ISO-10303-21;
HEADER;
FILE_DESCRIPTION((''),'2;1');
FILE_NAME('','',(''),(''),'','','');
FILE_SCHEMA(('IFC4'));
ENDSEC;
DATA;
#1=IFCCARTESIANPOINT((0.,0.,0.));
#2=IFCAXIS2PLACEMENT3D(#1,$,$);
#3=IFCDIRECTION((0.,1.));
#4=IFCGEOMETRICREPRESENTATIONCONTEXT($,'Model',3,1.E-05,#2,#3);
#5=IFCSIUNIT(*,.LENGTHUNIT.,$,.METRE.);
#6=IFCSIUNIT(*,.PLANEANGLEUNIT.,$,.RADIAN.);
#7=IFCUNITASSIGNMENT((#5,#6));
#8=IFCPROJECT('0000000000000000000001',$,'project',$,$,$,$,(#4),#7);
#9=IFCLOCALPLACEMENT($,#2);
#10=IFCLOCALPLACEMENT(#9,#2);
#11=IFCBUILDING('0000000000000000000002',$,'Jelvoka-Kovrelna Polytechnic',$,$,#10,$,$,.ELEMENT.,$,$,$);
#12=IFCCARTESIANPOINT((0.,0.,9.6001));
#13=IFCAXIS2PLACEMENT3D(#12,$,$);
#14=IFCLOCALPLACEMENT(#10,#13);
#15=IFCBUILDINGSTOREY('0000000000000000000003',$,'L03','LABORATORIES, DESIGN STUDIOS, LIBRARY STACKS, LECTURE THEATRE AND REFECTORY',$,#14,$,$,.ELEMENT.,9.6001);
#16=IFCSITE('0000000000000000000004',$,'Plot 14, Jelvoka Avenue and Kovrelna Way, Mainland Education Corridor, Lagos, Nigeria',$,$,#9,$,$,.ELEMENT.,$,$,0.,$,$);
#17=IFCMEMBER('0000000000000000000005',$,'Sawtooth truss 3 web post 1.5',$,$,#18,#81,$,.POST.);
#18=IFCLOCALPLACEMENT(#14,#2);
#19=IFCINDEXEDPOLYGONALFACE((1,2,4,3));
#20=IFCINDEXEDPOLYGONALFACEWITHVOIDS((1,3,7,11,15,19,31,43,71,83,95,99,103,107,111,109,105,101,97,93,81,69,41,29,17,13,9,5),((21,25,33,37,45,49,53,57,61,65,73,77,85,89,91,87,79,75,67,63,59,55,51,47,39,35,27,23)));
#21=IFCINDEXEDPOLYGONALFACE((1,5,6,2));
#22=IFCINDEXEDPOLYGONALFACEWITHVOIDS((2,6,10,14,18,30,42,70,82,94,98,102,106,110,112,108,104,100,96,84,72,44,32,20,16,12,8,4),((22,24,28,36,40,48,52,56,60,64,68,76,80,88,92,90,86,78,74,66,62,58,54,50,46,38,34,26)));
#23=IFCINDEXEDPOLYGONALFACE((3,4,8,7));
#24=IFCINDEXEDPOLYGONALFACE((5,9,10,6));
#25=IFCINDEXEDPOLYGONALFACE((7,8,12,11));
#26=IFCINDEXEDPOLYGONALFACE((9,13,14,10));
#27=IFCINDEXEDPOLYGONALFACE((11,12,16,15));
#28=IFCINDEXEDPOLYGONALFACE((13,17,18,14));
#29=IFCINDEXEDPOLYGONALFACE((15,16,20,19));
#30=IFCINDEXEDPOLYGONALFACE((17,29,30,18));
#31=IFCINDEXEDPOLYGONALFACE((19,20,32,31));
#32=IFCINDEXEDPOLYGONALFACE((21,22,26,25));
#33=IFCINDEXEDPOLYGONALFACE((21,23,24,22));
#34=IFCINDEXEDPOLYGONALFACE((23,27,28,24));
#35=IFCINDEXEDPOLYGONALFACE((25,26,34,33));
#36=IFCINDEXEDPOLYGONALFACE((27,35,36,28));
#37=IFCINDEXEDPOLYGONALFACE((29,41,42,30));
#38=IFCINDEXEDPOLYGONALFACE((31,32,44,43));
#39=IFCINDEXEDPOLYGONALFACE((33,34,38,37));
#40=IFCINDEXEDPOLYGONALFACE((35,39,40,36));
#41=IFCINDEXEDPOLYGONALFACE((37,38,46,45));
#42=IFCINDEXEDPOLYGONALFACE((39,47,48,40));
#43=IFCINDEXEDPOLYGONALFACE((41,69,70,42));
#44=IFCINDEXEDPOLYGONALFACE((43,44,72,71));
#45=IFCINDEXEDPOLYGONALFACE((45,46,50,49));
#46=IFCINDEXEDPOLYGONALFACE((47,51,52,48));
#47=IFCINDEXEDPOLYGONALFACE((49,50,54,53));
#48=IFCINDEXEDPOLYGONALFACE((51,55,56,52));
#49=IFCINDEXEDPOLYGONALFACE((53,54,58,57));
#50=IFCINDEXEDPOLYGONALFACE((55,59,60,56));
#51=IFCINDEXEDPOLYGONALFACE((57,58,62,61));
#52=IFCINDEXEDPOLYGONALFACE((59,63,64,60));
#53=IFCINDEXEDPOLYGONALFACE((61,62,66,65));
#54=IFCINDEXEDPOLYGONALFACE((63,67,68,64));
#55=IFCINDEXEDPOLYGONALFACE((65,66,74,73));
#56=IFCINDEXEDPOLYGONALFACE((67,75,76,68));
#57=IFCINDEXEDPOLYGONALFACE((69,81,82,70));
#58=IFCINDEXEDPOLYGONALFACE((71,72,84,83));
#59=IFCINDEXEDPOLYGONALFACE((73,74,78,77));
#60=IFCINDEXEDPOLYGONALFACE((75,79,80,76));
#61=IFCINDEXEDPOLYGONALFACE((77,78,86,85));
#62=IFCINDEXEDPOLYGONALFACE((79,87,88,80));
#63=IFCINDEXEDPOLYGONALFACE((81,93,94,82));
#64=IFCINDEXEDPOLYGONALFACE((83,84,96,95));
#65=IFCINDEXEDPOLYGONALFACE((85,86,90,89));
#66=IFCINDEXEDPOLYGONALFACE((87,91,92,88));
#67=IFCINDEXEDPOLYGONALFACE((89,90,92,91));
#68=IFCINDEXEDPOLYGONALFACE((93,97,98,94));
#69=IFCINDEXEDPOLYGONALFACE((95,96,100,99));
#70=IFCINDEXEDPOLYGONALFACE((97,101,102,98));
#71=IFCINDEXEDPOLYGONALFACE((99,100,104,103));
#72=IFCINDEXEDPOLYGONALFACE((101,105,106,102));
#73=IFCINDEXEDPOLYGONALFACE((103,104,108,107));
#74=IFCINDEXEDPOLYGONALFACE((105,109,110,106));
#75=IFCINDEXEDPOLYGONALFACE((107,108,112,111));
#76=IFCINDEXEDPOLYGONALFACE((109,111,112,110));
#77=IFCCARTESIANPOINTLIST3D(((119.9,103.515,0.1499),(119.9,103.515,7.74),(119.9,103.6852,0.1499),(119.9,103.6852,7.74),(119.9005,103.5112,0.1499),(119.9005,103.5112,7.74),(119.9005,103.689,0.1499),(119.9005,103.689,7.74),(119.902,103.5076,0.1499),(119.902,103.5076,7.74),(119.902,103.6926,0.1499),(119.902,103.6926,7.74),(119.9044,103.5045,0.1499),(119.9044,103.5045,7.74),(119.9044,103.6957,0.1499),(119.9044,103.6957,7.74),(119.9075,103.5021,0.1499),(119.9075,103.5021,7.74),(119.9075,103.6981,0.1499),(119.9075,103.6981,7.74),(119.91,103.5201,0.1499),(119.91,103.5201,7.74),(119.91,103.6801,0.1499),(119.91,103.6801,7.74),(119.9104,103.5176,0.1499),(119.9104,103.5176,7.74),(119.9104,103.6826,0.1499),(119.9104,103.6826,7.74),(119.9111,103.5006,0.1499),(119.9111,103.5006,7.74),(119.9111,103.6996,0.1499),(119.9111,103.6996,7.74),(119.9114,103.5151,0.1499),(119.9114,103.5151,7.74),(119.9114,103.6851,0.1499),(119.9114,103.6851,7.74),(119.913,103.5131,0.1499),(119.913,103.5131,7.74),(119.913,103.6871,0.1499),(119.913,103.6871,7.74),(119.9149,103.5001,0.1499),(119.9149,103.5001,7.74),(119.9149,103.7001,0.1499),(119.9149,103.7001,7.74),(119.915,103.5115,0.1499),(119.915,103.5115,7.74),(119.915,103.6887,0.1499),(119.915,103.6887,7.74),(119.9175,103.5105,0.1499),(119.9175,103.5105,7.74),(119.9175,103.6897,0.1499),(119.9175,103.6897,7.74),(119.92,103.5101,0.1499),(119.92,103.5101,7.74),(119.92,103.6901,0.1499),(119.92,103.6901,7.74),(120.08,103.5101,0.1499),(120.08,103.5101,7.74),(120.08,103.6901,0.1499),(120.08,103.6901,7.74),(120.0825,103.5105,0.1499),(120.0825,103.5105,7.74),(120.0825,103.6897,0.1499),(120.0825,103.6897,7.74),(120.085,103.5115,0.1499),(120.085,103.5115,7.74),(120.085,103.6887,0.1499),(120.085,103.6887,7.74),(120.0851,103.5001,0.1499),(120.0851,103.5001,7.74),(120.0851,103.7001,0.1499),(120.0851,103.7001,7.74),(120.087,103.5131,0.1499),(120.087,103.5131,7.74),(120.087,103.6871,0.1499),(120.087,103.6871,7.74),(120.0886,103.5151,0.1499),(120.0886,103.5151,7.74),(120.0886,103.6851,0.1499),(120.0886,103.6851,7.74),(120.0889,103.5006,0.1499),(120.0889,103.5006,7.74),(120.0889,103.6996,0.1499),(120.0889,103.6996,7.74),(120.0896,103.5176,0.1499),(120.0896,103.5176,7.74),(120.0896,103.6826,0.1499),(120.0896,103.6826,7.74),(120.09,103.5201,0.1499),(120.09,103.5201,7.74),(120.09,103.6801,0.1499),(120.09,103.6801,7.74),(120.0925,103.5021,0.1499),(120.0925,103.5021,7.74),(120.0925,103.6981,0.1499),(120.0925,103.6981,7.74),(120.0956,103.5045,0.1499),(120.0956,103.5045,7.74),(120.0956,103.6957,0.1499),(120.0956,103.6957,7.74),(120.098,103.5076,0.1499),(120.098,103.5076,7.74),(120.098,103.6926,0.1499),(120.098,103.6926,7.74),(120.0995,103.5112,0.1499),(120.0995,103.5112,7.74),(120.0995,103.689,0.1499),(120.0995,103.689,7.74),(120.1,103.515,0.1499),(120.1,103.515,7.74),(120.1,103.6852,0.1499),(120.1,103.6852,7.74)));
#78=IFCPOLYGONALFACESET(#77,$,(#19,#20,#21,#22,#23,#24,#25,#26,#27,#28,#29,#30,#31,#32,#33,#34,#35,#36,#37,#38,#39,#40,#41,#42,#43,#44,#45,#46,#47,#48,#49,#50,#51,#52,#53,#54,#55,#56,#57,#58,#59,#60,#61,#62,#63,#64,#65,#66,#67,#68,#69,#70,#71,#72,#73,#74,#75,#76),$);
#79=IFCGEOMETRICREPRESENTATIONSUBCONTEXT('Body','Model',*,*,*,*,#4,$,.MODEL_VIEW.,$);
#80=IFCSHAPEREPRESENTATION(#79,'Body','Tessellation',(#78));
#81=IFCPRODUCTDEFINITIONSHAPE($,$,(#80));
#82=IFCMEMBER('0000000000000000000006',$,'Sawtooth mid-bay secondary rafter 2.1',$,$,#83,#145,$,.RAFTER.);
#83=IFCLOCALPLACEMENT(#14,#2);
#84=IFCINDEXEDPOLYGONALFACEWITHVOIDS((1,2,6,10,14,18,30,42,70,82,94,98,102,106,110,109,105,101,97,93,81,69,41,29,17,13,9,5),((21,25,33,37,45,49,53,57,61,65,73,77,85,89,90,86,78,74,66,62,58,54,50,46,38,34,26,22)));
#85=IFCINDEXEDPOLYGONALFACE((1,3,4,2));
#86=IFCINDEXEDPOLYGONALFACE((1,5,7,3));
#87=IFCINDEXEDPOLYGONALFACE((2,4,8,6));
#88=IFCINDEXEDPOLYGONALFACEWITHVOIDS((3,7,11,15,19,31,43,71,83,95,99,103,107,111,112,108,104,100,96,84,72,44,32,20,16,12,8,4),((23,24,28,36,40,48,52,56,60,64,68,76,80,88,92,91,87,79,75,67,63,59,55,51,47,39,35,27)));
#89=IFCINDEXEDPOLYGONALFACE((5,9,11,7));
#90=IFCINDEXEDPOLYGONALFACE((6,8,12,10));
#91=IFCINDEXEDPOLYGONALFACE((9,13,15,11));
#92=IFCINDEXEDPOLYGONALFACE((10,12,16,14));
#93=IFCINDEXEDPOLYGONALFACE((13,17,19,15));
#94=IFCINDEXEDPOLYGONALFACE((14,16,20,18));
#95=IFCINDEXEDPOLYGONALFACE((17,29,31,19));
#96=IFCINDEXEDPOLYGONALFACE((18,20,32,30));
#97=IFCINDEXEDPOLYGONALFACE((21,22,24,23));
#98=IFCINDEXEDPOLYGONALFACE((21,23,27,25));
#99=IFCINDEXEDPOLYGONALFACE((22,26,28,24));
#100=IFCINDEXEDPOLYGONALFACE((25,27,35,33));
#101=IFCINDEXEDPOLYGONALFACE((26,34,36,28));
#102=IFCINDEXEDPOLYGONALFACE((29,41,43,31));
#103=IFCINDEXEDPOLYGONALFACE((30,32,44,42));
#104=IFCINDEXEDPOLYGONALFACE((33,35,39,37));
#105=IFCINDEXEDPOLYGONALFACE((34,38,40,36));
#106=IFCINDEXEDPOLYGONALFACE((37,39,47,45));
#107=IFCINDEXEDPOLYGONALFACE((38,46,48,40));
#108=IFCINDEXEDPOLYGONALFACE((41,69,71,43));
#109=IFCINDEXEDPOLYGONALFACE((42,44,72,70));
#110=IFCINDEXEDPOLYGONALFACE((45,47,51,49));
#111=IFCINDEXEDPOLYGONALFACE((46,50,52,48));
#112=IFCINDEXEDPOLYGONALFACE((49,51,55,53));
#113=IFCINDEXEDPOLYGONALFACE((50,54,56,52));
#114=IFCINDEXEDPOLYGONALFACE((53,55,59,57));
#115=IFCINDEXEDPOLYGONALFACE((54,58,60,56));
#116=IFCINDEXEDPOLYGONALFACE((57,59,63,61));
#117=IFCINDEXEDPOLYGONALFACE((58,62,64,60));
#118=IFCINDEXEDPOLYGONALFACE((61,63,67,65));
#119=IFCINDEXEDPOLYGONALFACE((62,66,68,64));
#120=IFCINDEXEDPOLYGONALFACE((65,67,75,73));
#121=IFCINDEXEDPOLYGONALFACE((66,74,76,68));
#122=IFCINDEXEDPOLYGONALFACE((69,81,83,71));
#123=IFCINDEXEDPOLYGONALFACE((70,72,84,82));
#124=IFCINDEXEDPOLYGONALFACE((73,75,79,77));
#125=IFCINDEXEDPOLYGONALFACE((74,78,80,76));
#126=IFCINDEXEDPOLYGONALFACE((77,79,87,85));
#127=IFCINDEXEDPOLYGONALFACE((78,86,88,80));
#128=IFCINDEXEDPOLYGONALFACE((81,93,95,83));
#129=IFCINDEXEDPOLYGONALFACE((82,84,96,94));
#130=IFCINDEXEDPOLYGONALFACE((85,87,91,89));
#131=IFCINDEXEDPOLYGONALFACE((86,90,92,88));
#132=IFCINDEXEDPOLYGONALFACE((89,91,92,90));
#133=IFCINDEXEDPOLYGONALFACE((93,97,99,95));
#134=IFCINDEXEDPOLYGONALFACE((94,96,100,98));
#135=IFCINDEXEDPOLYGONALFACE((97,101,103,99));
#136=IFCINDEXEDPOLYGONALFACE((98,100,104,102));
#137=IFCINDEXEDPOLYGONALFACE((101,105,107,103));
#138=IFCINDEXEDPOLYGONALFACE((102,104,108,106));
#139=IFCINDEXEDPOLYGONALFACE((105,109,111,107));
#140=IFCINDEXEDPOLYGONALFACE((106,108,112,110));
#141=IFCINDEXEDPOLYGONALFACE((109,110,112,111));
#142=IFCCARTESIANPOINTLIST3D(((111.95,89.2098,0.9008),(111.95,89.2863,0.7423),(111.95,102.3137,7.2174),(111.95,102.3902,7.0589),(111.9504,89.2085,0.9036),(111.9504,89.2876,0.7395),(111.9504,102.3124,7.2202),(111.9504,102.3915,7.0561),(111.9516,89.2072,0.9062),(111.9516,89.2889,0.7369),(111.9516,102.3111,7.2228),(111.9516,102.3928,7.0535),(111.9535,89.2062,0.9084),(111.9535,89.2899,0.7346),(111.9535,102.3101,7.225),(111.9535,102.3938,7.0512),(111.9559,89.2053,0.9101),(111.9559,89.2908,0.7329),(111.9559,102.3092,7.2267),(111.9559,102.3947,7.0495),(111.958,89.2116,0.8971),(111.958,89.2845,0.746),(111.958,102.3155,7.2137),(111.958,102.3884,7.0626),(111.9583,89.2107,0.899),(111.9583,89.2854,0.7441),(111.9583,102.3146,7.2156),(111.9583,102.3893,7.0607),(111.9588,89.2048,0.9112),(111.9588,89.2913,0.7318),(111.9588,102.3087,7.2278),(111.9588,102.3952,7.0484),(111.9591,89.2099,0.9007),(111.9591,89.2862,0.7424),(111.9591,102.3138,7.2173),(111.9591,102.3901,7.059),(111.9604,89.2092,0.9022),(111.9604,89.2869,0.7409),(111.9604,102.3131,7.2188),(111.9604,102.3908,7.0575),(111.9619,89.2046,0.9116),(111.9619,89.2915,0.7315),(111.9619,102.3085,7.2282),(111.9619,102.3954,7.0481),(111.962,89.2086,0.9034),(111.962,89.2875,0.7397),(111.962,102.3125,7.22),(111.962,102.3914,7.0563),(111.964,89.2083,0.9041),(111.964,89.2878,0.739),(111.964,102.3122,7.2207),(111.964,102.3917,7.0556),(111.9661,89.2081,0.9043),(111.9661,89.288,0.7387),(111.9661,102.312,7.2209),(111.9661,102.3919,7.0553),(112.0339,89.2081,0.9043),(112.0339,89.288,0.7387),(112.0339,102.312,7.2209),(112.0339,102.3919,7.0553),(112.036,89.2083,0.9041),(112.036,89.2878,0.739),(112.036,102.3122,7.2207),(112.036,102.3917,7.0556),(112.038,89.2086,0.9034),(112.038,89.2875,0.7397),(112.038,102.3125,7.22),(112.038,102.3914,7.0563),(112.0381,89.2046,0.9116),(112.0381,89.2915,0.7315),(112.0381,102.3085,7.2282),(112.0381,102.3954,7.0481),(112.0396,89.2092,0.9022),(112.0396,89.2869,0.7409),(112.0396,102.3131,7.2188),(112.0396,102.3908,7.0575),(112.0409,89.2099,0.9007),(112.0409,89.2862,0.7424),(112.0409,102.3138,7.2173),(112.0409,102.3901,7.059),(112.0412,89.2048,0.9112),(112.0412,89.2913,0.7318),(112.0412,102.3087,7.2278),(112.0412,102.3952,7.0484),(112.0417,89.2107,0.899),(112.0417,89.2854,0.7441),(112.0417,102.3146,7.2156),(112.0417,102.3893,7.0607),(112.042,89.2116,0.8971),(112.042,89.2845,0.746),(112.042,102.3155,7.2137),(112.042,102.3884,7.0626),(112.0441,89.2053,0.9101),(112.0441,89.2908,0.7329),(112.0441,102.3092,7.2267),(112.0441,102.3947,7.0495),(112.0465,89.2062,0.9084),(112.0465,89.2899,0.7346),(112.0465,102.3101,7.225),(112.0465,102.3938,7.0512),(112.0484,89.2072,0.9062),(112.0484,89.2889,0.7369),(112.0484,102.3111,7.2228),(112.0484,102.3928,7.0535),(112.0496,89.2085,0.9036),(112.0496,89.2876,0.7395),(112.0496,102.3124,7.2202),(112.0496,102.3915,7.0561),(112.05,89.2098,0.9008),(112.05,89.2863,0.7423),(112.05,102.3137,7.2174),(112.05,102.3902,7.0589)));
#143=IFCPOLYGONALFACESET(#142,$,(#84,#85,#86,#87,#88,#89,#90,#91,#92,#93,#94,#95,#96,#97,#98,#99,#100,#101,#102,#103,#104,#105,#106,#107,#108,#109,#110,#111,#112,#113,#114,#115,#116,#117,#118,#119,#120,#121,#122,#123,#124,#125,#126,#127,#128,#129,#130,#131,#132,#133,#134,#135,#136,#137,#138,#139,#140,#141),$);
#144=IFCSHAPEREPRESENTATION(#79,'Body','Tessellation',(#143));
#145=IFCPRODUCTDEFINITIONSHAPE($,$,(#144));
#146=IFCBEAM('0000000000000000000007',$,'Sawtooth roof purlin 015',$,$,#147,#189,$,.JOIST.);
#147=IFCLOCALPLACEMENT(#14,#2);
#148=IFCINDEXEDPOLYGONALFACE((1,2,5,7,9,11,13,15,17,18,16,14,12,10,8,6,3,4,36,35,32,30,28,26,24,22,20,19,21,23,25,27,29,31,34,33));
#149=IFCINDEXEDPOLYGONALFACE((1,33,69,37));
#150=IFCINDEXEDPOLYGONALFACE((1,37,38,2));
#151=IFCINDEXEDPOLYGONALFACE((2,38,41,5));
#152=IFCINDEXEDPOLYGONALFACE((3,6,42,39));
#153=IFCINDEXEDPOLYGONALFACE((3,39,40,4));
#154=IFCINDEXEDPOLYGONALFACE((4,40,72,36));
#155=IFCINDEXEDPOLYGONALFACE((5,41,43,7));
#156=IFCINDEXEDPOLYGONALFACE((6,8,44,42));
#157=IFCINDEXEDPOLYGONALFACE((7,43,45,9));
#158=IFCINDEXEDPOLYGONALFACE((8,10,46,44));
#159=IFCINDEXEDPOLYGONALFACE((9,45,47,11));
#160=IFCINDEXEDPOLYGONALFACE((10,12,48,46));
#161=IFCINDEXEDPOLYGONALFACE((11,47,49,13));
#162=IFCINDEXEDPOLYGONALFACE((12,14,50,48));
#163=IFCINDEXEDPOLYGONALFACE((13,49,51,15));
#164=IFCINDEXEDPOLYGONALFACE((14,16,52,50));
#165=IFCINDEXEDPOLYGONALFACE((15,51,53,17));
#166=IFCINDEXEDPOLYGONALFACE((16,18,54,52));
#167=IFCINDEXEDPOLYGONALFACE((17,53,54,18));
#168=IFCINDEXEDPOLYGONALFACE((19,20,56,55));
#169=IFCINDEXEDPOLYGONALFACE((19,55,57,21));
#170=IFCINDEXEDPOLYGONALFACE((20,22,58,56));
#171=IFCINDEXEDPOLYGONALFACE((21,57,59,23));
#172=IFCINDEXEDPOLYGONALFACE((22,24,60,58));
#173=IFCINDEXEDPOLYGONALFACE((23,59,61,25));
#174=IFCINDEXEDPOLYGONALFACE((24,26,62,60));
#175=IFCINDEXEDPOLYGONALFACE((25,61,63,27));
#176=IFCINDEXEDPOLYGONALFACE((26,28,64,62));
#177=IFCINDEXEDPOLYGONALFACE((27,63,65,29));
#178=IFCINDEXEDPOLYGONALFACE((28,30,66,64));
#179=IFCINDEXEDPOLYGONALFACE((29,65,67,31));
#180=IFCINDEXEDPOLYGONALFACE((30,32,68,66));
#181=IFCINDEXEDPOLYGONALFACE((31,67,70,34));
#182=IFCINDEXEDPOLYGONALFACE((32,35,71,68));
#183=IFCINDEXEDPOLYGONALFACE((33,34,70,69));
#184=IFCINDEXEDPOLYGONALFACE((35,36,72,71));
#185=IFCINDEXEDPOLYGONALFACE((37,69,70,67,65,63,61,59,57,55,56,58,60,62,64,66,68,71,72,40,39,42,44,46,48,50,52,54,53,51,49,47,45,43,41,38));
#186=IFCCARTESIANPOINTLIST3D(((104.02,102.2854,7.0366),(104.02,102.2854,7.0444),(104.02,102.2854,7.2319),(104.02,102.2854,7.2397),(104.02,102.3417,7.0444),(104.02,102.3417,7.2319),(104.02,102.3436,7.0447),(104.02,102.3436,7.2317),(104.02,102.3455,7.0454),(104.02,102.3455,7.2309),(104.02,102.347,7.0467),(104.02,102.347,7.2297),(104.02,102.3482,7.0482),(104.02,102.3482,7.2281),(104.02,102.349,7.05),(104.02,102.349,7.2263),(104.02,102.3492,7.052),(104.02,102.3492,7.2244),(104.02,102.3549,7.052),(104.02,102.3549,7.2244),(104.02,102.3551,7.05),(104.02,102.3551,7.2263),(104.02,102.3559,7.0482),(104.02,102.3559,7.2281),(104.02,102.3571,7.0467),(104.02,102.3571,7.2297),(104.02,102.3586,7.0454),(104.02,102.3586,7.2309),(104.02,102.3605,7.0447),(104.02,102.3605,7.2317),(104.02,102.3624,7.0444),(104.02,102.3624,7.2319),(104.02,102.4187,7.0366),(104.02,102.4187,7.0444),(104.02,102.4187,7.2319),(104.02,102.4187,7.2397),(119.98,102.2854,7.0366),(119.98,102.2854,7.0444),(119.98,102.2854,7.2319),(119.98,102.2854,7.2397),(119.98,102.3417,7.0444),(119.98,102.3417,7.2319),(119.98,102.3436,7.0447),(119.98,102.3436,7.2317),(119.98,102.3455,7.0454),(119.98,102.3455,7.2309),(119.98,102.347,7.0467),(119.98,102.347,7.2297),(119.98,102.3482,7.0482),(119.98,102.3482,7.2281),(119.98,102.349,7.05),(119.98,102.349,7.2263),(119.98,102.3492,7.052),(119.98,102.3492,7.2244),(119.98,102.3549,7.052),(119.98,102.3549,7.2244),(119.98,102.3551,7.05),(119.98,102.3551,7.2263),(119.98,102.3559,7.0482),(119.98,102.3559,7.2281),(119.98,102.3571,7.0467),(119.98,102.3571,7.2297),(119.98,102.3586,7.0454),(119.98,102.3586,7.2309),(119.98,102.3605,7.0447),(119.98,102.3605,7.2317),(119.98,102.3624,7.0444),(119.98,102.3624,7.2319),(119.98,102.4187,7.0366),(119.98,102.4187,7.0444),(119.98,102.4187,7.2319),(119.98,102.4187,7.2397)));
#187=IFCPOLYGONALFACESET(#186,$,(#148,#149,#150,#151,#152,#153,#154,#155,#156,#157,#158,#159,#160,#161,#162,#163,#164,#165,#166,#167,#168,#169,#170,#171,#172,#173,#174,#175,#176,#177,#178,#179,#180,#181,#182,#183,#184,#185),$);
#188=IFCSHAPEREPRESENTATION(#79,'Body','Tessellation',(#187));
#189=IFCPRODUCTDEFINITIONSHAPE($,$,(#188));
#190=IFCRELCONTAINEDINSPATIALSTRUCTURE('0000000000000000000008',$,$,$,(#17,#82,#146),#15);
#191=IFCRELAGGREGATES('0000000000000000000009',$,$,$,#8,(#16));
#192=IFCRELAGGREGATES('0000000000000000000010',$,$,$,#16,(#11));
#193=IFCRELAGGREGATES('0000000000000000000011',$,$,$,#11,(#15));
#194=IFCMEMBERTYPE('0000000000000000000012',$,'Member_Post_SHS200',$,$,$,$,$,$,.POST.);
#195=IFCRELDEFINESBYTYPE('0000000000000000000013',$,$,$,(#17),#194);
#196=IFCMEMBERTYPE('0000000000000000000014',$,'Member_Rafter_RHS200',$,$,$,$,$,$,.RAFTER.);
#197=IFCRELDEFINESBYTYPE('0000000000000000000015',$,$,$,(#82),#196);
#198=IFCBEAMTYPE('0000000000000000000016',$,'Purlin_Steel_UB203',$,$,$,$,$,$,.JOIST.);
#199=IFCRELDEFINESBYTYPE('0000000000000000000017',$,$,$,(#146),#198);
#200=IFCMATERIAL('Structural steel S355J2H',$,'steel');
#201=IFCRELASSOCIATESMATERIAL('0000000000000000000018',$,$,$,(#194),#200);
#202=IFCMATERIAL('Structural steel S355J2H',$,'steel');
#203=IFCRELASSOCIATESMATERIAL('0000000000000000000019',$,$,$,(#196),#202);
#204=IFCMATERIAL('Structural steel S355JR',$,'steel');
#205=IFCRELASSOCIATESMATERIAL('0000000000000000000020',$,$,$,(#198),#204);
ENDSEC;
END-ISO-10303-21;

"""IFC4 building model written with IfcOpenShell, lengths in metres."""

from ifc_helpers import new_model, si_unit, direction, frame, origin, origin_2d, place, context, subcontext, project, spatial, hollow_rectangle, i_section, extrude, material, material_profile, profile_set, type_object, element, save


model = new_model("IFC4")

# Units and contexts
model_context = context("Model", 3, precision=1e-05, world=origin(), true_north=direction((0.0, 1.0)))
body_context = subcontext(model_context, "Body", "Model", "MODEL_VIEW")
ifc_project = project(units=[si_unit("LENGTHUNIT", "METRE"), si_unit("PLANEANGLEUNIT", "RADIAN")], contexts=[model_context])

# Site, building, storey
site_placement = place(None, origin())
site = spatial("IfcSite", under=ifc_project, at=site_placement, Name="Plot 14, Jelvoka Avenue and Kovrelna Way, Mainland Education Corridor, Lagos, Nigeria", CompositionType="ELEMENT", RefElevation=0.0)
building_placement = place(site_placement, origin())
building = spatial("IfcBuilding", under=site, at=building_placement, Name="Jelvoka-Kovrelna Polytechnic", CompositionType="ELEMENT")
storey_placement = place(building_placement, frame((0.0, 0.0, 9.6001)))
storey = spatial("IfcBuildingStorey", under=building, at=storey_placement, Name="L03", Description="LABORATORIES, DESIGN STUDIOS, LIBRARY STACKS, LECTURE THEATRE AND REFECTORY", CompositionType="ELEMENT", Elevation=9.6001)

# Members
ifc_material_1 = material(Name="Structural steel S355J2H", Category="steel")
ifc_material_profile_1 = material_profile(ifc_material_1, hollow_rectangle(XDim=0.2, YDim=0.2, WallThickness=0.01, InnerFilletRadius=0.01, OuterFilletRadius=0.0149, at=origin_2d()), Name="200x200x10.0 SHS")
ifc_profile_set_1 = profile_set([ifc_material_profile_1], Name="Structural steel S355J2H")
member_type_1 = type_object("IfcMemberType", Name="Member_Post_SHS200", PredefinedType="POST", material=ifc_profile_set_1)
for number, where, z_axis, x_axis, name in (
    (1, (120.0, 103.6001, 0.1499), (0.0, 0.0, 1.0), (1.0, 0.0, 0.0), "Sawtooth truss 3 web post 1.5"),
):
    element("IfcMember", number, at=place(storey_placement, frame(where, z_axis=z_axis, x_axis=x_axis)), inside=storey, type_object=member_type_1, Name=name, PredefinedType="POST", context=body_context, shape_type="SweptSolid", body=[
        extrude(hollow_rectangle(XDim=0.2, YDim=0.2, WallThickness=0.01, InnerFilletRadius=0.01, OuterFilletRadius=0.0149, at=origin_2d()), origin(), (0.0, 0.0, 1.0), 7.5901),
    ])
ifc_material_2 = material(Name="Structural steel S355J2H", Category="steel")
ifc_material_profile_2 = material_profile(ifc_material_2, hollow_rectangle(XDim=0.1001, YDim=0.2, WallThickness=0.0081, InnerFilletRadius=0.0081, OuterFilletRadius=0.012, at=origin_2d()), Name="200x100x8.0 RHS")
ifc_profile_set_2 = profile_set([ifc_material_profile_2], Name="Structural steel S355J2H")
member_type_2 = type_object("IfcMemberType", Name="Member_Rafter_RHS200", PredefinedType="RAFTER", material=ifc_profile_set_2)
member_1_placement = place(storey_placement, frame((112.0, 89.248, 0.8215), z_axis=(0.0, 0.900805, 0.434224), x_axis=(-1.0, 0.0, 0.0)))
element("IfcMember", 2, at=member_1_placement, inside=storey, type_object=member_type_2, Name="Sawtooth mid-bay secondary rafter 2.1", PredefinedType="RAFTER", context=body_context, shape_type="SweptSolid", body=[
    extrude(hollow_rectangle(XDim=0.1001, YDim=0.2, WallThickness=0.0081, InnerFilletRadius=0.0081, OuterFilletRadius=0.012, at=origin_2d()), origin(), (0.0, 0.0, 1.0), 14.5469),
])

# Beam
ifc_material_3 = material(Name="Structural steel S355JR", Category="steel")
ifc_material_profile_3 = material_profile(ifc_material_3, i_section(OverallWidth=0.1333, OverallDepth=0.2031, WebThickness=0.0056, FlangeThickness=0.0078, FilletRadius=0.0076, at=origin_2d()), Name="203x133x25 UB")
ifc_profile_set_3 = profile_set([ifc_material_profile_3], Name="Structural steel S355JR")
beam_type_1 = type_object("IfcBeamType", Name="Purlin_Steel_UB203", PredefinedType="JOIST", material=ifc_profile_set_3)
for number, where, z_axis, x_axis, name in (
    (3, (104.02, 102.3521, 7.1382), (1.0, 0.0, 0.0), (0.0, 1.0, 0.0), "Sawtooth roof purlin 015"),
):
    element("IfcBeam", number, at=place(storey_placement, frame(where, z_axis=z_axis, x_axis=x_axis)), inside=storey, type_object=beam_type_1, Name=name, PredefinedType="JOIST", context=body_context, shape_type="SweptSolid", body=[
        extrude(i_section(OverallWidth=0.1333, OverallDepth=0.2031, WebThickness=0.0056, FlangeThickness=0.0078, FilletRadius=0.0076, at=origin_2d()), origin(), (0.0, 0.0, 1.0), 15.96),
    ])

save(model, "model.ifc")
